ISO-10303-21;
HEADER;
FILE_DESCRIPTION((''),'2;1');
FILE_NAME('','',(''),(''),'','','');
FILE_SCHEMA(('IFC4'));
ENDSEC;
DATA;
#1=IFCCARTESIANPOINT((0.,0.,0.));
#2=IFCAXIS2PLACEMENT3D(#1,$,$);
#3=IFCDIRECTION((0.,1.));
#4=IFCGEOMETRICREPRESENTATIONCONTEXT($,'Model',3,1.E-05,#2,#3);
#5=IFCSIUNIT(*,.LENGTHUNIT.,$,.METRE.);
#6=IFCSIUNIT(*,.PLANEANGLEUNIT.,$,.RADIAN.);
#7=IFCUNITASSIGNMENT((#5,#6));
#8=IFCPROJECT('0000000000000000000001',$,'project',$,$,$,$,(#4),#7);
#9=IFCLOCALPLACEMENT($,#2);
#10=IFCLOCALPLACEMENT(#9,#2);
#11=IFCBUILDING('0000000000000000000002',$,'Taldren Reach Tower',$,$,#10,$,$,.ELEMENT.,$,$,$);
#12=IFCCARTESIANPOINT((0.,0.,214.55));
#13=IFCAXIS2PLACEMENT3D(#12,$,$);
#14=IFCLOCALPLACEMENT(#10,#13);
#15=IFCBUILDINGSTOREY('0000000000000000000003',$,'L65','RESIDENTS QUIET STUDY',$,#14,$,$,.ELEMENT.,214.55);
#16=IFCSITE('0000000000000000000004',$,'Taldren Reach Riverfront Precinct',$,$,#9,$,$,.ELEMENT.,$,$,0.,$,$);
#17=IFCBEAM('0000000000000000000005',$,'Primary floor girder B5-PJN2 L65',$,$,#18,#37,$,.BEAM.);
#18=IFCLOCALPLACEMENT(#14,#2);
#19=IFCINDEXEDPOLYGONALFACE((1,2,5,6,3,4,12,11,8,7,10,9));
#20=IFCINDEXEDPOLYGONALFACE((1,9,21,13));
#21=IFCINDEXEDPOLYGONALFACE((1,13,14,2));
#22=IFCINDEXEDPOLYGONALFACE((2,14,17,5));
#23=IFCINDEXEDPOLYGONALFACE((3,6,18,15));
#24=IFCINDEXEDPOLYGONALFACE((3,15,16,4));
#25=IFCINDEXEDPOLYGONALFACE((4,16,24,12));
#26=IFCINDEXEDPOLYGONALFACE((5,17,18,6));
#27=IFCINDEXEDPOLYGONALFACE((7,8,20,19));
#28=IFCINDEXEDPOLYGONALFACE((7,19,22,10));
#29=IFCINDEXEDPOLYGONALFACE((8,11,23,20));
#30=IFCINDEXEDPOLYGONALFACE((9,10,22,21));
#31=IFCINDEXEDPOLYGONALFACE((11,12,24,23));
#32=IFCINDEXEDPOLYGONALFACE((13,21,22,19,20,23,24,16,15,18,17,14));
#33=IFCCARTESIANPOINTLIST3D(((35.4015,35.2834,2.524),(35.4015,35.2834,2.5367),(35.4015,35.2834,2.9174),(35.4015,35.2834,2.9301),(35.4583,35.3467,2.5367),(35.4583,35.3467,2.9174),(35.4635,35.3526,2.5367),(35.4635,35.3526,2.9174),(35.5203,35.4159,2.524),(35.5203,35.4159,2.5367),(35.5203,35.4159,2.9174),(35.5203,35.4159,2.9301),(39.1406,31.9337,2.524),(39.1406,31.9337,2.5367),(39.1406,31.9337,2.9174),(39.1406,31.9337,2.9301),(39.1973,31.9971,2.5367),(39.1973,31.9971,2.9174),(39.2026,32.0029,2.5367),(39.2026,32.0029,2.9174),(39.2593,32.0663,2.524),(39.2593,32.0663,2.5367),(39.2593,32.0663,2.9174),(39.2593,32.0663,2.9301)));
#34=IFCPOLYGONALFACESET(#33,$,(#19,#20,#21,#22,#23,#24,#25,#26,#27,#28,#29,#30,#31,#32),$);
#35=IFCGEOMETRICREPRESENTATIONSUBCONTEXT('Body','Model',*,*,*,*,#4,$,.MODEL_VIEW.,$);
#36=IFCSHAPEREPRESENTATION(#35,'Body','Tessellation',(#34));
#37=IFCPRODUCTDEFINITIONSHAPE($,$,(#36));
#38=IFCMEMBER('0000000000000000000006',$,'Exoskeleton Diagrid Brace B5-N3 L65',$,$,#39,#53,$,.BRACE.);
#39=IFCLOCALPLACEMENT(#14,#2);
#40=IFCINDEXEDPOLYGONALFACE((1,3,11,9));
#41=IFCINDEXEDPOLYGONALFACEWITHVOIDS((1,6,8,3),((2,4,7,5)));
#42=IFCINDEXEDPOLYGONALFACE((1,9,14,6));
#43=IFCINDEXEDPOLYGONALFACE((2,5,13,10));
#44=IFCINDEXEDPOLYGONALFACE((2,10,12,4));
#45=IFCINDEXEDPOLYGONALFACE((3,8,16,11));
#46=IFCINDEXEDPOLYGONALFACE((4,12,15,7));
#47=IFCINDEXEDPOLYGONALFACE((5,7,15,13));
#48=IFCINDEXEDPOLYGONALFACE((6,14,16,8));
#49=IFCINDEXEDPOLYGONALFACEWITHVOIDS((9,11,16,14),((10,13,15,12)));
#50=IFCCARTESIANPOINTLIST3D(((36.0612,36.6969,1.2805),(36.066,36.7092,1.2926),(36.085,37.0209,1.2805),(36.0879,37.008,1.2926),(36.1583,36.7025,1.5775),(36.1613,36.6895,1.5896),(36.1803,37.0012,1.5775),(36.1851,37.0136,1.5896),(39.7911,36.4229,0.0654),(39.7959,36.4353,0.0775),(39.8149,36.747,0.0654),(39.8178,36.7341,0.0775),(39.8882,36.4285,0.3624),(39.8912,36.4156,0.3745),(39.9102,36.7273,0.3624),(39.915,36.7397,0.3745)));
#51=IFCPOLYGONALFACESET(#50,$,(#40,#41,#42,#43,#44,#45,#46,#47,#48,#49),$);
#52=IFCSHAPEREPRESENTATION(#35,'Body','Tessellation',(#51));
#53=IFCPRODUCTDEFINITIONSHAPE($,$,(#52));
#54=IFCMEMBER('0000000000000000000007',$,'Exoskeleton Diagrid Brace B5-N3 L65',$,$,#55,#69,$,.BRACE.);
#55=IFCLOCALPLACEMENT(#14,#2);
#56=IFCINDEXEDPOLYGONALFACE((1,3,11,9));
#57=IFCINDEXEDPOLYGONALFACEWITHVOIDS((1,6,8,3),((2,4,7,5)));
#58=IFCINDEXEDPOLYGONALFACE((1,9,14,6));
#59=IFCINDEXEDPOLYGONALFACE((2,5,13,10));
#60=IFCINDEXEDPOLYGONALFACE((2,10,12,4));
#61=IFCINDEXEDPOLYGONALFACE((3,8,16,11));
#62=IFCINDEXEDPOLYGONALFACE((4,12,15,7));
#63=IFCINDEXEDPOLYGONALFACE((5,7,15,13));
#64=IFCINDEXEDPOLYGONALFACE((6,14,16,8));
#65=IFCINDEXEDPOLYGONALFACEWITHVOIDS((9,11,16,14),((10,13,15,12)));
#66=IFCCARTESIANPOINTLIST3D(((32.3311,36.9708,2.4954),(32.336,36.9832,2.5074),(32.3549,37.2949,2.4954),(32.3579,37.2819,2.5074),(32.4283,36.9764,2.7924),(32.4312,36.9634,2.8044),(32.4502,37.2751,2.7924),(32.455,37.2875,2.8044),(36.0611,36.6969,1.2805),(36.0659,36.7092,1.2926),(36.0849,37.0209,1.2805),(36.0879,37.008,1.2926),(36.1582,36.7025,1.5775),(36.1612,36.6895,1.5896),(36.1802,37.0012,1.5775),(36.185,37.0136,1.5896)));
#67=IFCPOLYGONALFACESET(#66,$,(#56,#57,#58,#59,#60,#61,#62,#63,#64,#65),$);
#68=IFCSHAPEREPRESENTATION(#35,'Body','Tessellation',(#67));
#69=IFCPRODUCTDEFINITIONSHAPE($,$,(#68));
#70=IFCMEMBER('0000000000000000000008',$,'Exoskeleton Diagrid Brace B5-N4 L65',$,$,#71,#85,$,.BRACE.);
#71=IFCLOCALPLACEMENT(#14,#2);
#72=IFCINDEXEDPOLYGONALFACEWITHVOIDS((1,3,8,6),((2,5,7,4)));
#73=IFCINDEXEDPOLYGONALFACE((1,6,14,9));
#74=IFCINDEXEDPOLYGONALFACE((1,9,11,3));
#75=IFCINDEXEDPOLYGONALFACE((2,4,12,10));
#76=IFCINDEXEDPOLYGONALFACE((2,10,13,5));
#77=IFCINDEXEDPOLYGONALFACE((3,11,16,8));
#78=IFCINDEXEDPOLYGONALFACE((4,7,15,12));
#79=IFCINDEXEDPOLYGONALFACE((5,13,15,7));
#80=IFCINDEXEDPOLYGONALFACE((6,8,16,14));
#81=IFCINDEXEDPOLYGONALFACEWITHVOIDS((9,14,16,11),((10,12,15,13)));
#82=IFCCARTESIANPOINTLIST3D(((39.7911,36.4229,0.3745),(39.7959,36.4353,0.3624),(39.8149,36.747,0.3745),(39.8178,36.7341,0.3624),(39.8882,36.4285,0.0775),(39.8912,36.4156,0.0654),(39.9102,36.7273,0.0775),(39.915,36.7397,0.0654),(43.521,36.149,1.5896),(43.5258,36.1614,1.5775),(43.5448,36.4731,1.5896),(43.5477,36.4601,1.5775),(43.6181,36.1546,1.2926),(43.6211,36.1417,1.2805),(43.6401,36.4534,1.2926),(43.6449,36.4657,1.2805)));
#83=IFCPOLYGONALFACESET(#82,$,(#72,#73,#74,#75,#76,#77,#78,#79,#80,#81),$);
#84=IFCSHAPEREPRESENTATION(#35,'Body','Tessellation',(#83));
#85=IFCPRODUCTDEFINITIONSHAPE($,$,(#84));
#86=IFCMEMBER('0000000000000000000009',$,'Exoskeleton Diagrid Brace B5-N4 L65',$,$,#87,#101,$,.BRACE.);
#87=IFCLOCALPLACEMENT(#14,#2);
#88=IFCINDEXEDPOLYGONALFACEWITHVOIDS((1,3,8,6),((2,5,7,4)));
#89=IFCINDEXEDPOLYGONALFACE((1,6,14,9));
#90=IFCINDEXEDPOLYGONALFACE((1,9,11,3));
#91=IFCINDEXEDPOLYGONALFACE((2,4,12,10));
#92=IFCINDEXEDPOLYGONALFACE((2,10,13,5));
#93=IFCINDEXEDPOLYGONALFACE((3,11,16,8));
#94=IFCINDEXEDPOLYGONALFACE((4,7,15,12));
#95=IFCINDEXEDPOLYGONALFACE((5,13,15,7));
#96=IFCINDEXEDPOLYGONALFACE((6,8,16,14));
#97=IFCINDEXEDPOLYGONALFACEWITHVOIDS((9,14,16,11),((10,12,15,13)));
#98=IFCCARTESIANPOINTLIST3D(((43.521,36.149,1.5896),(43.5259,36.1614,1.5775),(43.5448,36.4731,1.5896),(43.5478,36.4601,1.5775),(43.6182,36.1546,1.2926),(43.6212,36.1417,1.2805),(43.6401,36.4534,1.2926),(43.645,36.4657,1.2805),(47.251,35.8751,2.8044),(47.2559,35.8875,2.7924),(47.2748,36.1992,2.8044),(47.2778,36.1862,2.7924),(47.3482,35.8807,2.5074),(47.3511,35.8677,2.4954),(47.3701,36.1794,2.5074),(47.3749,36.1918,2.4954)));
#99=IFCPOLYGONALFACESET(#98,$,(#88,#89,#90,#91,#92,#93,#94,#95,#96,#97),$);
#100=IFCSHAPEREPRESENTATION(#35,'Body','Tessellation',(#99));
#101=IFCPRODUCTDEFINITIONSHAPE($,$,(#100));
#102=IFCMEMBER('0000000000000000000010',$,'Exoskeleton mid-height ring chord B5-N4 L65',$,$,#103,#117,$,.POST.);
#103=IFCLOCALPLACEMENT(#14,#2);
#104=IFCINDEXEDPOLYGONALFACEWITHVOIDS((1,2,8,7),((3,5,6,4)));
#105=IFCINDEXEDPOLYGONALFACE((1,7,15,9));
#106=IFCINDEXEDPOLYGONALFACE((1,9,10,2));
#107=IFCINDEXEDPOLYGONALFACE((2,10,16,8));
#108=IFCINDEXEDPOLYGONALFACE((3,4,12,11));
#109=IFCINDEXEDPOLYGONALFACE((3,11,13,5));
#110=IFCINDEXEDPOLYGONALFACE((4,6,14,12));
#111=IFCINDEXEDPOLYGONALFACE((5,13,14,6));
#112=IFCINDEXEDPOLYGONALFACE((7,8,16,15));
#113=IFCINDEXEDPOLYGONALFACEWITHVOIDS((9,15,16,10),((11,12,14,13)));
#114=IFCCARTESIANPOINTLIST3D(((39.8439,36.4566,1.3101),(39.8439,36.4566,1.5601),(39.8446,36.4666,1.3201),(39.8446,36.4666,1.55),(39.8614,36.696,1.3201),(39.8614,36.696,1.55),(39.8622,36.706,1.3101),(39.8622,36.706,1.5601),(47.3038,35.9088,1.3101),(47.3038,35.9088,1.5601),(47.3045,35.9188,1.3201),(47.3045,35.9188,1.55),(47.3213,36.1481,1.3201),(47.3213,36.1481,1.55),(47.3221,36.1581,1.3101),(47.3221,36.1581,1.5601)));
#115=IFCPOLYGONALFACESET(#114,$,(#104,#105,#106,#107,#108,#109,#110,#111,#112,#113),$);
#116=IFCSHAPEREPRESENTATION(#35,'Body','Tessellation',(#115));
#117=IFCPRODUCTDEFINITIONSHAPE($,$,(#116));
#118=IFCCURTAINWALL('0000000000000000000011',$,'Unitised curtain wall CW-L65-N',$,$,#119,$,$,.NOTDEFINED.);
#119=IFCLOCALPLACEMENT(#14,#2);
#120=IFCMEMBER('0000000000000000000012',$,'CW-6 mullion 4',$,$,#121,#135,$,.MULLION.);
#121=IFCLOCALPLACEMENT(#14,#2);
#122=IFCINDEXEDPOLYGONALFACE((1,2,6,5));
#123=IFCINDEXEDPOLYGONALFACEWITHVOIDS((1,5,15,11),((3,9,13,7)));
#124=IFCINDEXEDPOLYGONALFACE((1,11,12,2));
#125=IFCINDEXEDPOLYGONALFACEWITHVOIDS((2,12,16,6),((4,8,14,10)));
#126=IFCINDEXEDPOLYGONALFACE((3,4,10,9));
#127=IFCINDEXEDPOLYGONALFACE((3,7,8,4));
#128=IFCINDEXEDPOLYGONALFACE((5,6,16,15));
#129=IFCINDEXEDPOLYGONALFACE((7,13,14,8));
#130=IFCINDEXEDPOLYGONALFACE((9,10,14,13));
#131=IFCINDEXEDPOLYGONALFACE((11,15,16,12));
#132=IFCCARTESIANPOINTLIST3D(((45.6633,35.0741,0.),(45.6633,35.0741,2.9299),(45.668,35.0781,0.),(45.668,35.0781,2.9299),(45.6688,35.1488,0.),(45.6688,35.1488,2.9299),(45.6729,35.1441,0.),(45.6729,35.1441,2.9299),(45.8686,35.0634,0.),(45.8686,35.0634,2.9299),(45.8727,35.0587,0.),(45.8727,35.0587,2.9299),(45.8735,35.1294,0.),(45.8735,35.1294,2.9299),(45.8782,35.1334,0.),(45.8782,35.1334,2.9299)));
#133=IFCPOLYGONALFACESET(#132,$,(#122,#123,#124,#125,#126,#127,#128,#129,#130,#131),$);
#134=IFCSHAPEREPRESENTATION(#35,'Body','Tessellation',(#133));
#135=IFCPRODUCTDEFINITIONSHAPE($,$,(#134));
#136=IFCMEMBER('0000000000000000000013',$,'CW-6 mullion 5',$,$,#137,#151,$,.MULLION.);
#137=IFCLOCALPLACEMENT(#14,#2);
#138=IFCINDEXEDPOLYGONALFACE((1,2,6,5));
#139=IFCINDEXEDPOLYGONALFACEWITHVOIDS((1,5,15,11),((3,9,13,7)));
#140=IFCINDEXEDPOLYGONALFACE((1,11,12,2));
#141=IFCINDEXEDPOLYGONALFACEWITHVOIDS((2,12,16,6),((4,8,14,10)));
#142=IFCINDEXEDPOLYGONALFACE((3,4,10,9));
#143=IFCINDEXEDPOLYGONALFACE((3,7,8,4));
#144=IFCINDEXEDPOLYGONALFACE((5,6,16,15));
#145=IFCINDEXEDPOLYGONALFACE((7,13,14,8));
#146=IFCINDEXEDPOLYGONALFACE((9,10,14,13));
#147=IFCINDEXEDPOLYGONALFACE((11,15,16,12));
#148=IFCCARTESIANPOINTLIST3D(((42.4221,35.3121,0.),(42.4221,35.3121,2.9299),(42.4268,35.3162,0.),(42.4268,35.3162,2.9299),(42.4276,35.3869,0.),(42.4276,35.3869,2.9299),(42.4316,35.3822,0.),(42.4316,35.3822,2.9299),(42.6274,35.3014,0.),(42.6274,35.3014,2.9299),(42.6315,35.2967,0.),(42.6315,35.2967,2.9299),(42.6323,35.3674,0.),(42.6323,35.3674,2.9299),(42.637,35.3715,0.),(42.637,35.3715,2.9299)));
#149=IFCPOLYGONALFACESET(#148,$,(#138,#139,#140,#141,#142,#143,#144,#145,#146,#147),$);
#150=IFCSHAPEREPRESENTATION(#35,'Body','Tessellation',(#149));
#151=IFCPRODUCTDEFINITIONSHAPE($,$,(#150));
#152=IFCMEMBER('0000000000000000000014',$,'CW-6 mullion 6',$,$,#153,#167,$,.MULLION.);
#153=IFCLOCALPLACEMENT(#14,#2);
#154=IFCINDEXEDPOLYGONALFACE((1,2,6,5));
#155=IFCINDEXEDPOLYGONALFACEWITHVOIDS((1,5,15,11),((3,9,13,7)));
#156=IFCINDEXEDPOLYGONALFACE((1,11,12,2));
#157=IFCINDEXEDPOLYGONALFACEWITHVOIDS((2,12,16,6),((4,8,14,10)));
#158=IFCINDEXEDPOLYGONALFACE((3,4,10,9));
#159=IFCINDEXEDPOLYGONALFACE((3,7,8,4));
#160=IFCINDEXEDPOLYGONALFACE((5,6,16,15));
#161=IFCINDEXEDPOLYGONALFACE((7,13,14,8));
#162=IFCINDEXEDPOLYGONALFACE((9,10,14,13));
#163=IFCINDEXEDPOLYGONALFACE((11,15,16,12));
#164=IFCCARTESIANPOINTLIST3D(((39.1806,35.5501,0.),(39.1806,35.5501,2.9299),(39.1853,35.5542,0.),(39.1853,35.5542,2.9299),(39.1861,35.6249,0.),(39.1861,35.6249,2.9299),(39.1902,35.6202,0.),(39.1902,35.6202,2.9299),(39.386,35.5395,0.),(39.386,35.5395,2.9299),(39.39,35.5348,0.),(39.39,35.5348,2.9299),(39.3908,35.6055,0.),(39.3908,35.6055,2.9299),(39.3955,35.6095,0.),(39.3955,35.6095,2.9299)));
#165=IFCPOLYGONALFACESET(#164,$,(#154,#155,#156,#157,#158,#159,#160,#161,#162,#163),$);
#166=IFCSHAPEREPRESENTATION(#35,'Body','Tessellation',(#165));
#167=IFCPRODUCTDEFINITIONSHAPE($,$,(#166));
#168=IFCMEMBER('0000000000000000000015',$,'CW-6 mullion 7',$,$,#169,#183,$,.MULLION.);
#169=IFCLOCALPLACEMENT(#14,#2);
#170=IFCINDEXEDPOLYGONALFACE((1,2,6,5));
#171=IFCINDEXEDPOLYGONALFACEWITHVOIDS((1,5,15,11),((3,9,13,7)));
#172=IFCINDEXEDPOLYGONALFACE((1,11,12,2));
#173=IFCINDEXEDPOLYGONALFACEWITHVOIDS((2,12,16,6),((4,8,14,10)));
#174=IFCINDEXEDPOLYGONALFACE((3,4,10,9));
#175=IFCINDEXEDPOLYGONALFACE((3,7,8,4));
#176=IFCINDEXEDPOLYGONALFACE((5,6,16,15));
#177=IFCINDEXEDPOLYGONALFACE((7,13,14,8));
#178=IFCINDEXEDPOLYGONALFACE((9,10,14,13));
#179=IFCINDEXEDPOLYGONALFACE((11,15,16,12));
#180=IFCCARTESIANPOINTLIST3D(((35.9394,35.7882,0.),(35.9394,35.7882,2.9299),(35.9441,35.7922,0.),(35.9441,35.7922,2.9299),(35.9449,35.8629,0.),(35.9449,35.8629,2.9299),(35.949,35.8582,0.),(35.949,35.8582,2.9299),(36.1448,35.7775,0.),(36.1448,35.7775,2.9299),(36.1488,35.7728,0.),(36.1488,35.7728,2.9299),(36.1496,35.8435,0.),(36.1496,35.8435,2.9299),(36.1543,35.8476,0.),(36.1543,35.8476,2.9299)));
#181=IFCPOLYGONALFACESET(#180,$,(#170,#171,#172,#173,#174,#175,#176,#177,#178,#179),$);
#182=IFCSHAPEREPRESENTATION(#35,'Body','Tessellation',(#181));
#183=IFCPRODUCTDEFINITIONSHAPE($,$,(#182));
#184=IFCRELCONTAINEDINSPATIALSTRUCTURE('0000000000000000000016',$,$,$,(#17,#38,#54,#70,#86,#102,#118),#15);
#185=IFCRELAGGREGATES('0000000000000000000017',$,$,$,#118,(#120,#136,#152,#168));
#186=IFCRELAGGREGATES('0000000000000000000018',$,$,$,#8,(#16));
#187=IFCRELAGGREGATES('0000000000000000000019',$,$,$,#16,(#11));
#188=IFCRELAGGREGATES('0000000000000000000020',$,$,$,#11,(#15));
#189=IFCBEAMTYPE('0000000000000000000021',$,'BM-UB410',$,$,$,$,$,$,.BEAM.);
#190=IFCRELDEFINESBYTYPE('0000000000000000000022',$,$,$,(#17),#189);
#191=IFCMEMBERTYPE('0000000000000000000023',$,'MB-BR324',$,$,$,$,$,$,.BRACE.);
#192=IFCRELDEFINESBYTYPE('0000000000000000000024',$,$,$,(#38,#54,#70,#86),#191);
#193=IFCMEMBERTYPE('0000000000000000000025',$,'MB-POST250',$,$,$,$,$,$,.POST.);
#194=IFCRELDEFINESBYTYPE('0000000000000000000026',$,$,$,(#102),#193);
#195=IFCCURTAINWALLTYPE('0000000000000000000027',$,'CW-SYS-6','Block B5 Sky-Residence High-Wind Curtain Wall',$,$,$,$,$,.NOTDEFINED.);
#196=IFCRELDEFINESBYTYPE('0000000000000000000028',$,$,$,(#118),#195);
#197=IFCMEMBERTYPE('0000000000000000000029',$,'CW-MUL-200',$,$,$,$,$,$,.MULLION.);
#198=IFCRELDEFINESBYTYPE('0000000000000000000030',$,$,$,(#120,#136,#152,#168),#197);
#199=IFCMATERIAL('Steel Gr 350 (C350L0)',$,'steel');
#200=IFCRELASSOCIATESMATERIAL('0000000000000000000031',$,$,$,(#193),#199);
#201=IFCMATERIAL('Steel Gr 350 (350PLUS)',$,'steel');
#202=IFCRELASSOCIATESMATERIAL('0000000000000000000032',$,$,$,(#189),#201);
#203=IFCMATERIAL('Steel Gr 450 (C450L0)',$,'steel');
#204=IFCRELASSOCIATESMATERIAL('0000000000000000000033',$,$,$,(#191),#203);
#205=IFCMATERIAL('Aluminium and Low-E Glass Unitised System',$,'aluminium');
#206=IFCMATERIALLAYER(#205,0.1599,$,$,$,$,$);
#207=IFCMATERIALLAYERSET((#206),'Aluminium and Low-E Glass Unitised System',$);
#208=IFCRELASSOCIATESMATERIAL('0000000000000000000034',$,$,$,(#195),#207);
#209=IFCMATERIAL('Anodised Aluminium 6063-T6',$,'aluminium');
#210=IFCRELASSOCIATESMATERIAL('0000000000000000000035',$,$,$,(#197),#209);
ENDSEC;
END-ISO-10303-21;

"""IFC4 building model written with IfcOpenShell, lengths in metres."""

from ifc_helpers import new_model, si_unit, direction, frame, origin, origin_2d, place, context, subcontext, project, spatial, hollow_rectangle, i_section, extrude, source, transform, mapped, material, layer, layer_set, material_profile, profile_set, type_object, element, aggregate, save


model = new_model("IFC4")

# Units and contexts
model_context = context("Model", 3, precision=1e-05, world=origin(), true_north=direction((0.0, 1.0)))
body_context = subcontext(model_context, "Body", "Model", "MODEL_VIEW")
ifc_project = project(units=[si_unit("LENGTHUNIT", "METRE"), si_unit("PLANEANGLEUNIT", "RADIAN")], contexts=[model_context])

# Site, building, storey
site_placement = place(None, origin())
site = spatial("IfcSite", under=ifc_project, at=site_placement, Name="Taldren Reach Riverfront Precinct", CompositionType="ELEMENT", RefElevation=0.0)
building_placement = place(site_placement, origin())
building = spatial("IfcBuilding", under=site, at=building_placement, Name="Taldren Reach Tower", CompositionType="ELEMENT")
storey_placement = place(building_placement, frame((0.0, 0.0, 214.55)))
storey = spatial("IfcBuildingStorey", under=building, at=storey_placement, Name="L65", Description="RESIDENTS QUIET STUDY", CompositionType="ELEMENT", Elevation=214.55)

# Shared definitions
ifc_material_1 = material(Name="Steel Gr 350 (C350L0)", Category="steel")
ifc_material_2 = material(Name="Steel Gr 350 (350PLUS)", Category="steel")

# Shared definitions
ifc_material_profile_1 = material_profile(ifc_material_1, hollow_rectangle(XDim=0.25, YDim=0.25, WallThickness=0.01, at=origin_2d()), Name="250x250x10.0SHS")
ifc_profile_set_1 = profile_set([ifc_material_profile_1], Name="Steel Gr 350 (C350L0)")
member_type_1 = type_object("IfcMemberType", Name="MB-POST250", PredefinedType="POST", material=ifc_profile_set_1)
ifc_material_3 = material(Name="Steel Gr 450 (C450L0)", Category="steel")

# Beam
ifc_material_profile_2 = material_profile(ifc_material_2, i_section(OverallWidth=0.178, OverallDepth=0.406, WebThickness=0.0078, FlangeThickness=0.0127, at=origin_2d()), Name="410UB59.7")
ifc_profile_set_2 = profile_set([ifc_material_profile_2], Name="Steel Gr 350 (350PLUS)")
beam_type_1 = type_object("IfcBeamType", Name="BM-UB410", PredefinedType="BEAM", material=ifc_profile_set_2)
shared_shape_1 = source(origin(), body_context, "Body", "SweptSolid", [
    extrude(i_section(OverallWidth=0.178, OverallDepth=0.406, WebThickness=0.0078, FlangeThickness=0.0127, at=origin_2d()), origin(), (0.0, 0.0, 1.0), 5.02),
])
beam_1_placement = place(storey_placement, frame((39.2, 32.0, 2.7271), z_axis=(-0.744828, 0.667257, 0.0), x_axis=(-0.667257, -0.744828, 0.0)))
element("IfcBeam", 1, at=beam_1_placement, inside=storey, type_object=beam_type_1, Name="Primary floor girder B5-PJN2 L65", PredefinedType="BEAM", context=body_context, shape_type="MappedRepresentation", body=[
    mapped(shared_shape_1, transform((0.0, 0.0, 0.0), scale=1.0)),
])

# Members
ifc_material_profile_3 = material_profile(ifc_material_3, hollow_rectangle(XDim=0.325, YDim=0.325, WallThickness=0.0127, at=origin_2d()), Name="325x325x12.7SHS")
ifc_profile_set_3 = profile_set([ifc_material_profile_3], Name="Steel Gr 450 (C450L0)")
member_type_2 = type_object("IfcMemberType", Name="MB-BR324", PredefinedType="BRACE", material=ifc_profile_set_3)
shared_shape_2 = source(origin(), body_context, "Body", "SweptSolid", [
    extrude(hollow_rectangle(XDim=0.325, YDim=0.325, WallThickness=0.0127, at=origin_2d()), origin(), (0.0, 0.0, 1.0), 3.9324),
])
for number, where, z_axis, x_axis, name in (
    (2, (39.853, 36.5813, 0.22), (-0.948511, 0.069658, 0.308989), (-0.073242, -0.997314, 0.0), "Exoskeleton Diagrid Brace B5-N3 L65"),
    (3, (36.123, 36.8552, 1.4351), (-0.948529, 0.069659, 0.308933), (-0.073242, -0.997314, 0.0), "Exoskeleton Diagrid Brace B5-N3 L65"),
    (4, (39.853, 36.5813, 0.22), (0.948511, -0.069658, 0.308989), (0.073242, 0.997314, 0.0), "Exoskeleton Diagrid Brace B5-N4 L65"),
    (5, (43.583, 36.3074, 1.4351), (0.948529, -0.069659, 0.308933), (0.073242, 0.997314, 0.0), "Exoskeleton Diagrid Brace B5-N4 L65"),
):
    element("IfcMember", number, at=place(storey_placement, frame(where, z_axis=z_axis, x_axis=x_axis)), inside=storey, type_object=member_type_2, Name=name, PredefinedType="BRACE", context=body_context, shape_type="MappedRepresentation", body=[
        mapped(shared_shape_2, transform((0.0, 0.0, 0.0), scale=1.0)),
    ])
shared_shape_3 = source(origin(), body_context, "Body", "SweptSolid", [
    extrude(hollow_rectangle(XDim=0.25, YDim=0.25, WallThickness=0.01, at=origin_2d()), origin(), (0.0, 0.0, 1.0), 7.48),
])
member_1_placement = place(storey_placement, frame((39.853, 36.5813, 1.4351), z_axis=(0.997314, -0.073242, 0.0), x_axis=(0.073242, 0.997314, 0.0)))
element("IfcMember", 6, at=member_1_placement, inside=storey, type_object=member_type_1, Name="Exoskeleton mid-height ring chord B5-N4 L65", PredefinedType="POST", context=body_context, shape_type="MappedRepresentation", body=[
    mapped(shared_shape_3, transform((0.0, 0.0, 0.0), scale=1.0)),
])

# Curtain wall, members
ifc_material_4 = material(Name="Aluminium and Low-E Glass Unitised System", Category="aluminium")
ifc_layer_1 = layer(ifc_material_4, 0.1599)
ifc_layer_set_1 = layer_set([ifc_layer_1], Name="Aluminium and Low-E Glass Unitised System")
curtain_wall_type = type_object("IfcCurtainWallType", Name="CW-SYS-6", Description="Block B5 Sky-Residence High-Wind Curtain Wall", PredefinedType="NOTDEFINED", material=ifc_layer_set_1)
curtain_wall_placement = place(storey_placement, origin())
curtain_wall = element("IfcCurtainWall", 7, at=curtain_wall_placement, inside=storey, type_object=curtain_wall_type, Name="Unitised curtain wall CW-L65-N", PredefinedType="NOTDEFINED")
ifc_material_5 = material(Name="Anodised Aluminium 6063-T6", Category="aluminium")
ifc_material_profile_4 = material_profile(ifc_material_5, hollow_rectangle(XDim=0.075, YDim=0.21, WallThickness=0.0044, at=origin_2d()), Name="ALU-210x75x4.5RHS")
ifc_profile_set_4 = profile_set([ifc_material_profile_4], Name="Anodised Aluminium 6063-T6")
member_type_3 = type_object("IfcMemberType", Name="CW-MUL-200", PredefinedType="MULLION", material=ifc_profile_set_4)
shared_shape_4 = source(origin(), body_context, "Body", "SweptSolid", [
    extrude(hollow_rectangle(XDim=0.075, YDim=0.21, WallThickness=0.0044, at=origin_2d()), origin(), (0.0, 0.0, 1.0), 2.9299),
])
member_2_placement = place(storey_placement, frame((45.7708, 35.1038, 0.0), z_axis=(0.0, 0.0, 1.0), x_axis=(-0.073238, -0.997314, 0.0)))
member_2 = element("IfcMember", 8, at=member_2_placement, type_object=member_type_3, Name="CW-6 mullion 4", PredefinedType="MULLION", context=body_context, shape_type="MappedRepresentation", body=[
    mapped(shared_shape_4, transform((0.0, 0.0, 0.0), scale=1.0)),
])
member_3_placement = place(storey_placement, frame((42.5295, 35.3418, 0.0), z_axis=(0.0, 0.0, 1.0), x_axis=(-0.073238, -0.997314, 0.0)))
member_3 = element("IfcMember", 9, at=member_3_placement, type_object=member_type_3, Name="CW-6 mullion 5", PredefinedType="MULLION", context=body_context, shape_type="MappedRepresentation", body=[
    mapped(shared_shape_4, transform((0.0, 0.0, 0.0), scale=1.0)),
])
member_4_placement = place(storey_placement, frame((39.2881, 35.5798, 0.0), z_axis=(0.0, 0.0, 1.0), x_axis=(-0.073238, -0.997314, 0.0)))
member_4 = element("IfcMember", 10, at=member_4_placement, type_object=member_type_3, Name="CW-6 mullion 6", PredefinedType="MULLION", context=body_context, shape_type="MappedRepresentation", body=[
    mapped(shared_shape_4, transform((0.0, 0.0, 0.0), scale=1.0)),
])
member_5_placement = place(storey_placement, frame((36.0469, 35.8179, 0.0), z_axis=(0.0, 0.0, 1.0), x_axis=(-0.073238, -0.997314, 0.0)))
member_5 = element("IfcMember", 11, at=member_5_placement, type_object=member_type_3, Name="CW-6 mullion 7", PredefinedType="MULLION", context=body_context, shape_type="MappedRepresentation", body=[
    mapped(shared_shape_4, transform((0.0, 0.0, 0.0), scale=1.0)),
])

aggregate(curtain_wall, [member_2, member_3, member_4, member_5])

save(model, "model.ifc")
